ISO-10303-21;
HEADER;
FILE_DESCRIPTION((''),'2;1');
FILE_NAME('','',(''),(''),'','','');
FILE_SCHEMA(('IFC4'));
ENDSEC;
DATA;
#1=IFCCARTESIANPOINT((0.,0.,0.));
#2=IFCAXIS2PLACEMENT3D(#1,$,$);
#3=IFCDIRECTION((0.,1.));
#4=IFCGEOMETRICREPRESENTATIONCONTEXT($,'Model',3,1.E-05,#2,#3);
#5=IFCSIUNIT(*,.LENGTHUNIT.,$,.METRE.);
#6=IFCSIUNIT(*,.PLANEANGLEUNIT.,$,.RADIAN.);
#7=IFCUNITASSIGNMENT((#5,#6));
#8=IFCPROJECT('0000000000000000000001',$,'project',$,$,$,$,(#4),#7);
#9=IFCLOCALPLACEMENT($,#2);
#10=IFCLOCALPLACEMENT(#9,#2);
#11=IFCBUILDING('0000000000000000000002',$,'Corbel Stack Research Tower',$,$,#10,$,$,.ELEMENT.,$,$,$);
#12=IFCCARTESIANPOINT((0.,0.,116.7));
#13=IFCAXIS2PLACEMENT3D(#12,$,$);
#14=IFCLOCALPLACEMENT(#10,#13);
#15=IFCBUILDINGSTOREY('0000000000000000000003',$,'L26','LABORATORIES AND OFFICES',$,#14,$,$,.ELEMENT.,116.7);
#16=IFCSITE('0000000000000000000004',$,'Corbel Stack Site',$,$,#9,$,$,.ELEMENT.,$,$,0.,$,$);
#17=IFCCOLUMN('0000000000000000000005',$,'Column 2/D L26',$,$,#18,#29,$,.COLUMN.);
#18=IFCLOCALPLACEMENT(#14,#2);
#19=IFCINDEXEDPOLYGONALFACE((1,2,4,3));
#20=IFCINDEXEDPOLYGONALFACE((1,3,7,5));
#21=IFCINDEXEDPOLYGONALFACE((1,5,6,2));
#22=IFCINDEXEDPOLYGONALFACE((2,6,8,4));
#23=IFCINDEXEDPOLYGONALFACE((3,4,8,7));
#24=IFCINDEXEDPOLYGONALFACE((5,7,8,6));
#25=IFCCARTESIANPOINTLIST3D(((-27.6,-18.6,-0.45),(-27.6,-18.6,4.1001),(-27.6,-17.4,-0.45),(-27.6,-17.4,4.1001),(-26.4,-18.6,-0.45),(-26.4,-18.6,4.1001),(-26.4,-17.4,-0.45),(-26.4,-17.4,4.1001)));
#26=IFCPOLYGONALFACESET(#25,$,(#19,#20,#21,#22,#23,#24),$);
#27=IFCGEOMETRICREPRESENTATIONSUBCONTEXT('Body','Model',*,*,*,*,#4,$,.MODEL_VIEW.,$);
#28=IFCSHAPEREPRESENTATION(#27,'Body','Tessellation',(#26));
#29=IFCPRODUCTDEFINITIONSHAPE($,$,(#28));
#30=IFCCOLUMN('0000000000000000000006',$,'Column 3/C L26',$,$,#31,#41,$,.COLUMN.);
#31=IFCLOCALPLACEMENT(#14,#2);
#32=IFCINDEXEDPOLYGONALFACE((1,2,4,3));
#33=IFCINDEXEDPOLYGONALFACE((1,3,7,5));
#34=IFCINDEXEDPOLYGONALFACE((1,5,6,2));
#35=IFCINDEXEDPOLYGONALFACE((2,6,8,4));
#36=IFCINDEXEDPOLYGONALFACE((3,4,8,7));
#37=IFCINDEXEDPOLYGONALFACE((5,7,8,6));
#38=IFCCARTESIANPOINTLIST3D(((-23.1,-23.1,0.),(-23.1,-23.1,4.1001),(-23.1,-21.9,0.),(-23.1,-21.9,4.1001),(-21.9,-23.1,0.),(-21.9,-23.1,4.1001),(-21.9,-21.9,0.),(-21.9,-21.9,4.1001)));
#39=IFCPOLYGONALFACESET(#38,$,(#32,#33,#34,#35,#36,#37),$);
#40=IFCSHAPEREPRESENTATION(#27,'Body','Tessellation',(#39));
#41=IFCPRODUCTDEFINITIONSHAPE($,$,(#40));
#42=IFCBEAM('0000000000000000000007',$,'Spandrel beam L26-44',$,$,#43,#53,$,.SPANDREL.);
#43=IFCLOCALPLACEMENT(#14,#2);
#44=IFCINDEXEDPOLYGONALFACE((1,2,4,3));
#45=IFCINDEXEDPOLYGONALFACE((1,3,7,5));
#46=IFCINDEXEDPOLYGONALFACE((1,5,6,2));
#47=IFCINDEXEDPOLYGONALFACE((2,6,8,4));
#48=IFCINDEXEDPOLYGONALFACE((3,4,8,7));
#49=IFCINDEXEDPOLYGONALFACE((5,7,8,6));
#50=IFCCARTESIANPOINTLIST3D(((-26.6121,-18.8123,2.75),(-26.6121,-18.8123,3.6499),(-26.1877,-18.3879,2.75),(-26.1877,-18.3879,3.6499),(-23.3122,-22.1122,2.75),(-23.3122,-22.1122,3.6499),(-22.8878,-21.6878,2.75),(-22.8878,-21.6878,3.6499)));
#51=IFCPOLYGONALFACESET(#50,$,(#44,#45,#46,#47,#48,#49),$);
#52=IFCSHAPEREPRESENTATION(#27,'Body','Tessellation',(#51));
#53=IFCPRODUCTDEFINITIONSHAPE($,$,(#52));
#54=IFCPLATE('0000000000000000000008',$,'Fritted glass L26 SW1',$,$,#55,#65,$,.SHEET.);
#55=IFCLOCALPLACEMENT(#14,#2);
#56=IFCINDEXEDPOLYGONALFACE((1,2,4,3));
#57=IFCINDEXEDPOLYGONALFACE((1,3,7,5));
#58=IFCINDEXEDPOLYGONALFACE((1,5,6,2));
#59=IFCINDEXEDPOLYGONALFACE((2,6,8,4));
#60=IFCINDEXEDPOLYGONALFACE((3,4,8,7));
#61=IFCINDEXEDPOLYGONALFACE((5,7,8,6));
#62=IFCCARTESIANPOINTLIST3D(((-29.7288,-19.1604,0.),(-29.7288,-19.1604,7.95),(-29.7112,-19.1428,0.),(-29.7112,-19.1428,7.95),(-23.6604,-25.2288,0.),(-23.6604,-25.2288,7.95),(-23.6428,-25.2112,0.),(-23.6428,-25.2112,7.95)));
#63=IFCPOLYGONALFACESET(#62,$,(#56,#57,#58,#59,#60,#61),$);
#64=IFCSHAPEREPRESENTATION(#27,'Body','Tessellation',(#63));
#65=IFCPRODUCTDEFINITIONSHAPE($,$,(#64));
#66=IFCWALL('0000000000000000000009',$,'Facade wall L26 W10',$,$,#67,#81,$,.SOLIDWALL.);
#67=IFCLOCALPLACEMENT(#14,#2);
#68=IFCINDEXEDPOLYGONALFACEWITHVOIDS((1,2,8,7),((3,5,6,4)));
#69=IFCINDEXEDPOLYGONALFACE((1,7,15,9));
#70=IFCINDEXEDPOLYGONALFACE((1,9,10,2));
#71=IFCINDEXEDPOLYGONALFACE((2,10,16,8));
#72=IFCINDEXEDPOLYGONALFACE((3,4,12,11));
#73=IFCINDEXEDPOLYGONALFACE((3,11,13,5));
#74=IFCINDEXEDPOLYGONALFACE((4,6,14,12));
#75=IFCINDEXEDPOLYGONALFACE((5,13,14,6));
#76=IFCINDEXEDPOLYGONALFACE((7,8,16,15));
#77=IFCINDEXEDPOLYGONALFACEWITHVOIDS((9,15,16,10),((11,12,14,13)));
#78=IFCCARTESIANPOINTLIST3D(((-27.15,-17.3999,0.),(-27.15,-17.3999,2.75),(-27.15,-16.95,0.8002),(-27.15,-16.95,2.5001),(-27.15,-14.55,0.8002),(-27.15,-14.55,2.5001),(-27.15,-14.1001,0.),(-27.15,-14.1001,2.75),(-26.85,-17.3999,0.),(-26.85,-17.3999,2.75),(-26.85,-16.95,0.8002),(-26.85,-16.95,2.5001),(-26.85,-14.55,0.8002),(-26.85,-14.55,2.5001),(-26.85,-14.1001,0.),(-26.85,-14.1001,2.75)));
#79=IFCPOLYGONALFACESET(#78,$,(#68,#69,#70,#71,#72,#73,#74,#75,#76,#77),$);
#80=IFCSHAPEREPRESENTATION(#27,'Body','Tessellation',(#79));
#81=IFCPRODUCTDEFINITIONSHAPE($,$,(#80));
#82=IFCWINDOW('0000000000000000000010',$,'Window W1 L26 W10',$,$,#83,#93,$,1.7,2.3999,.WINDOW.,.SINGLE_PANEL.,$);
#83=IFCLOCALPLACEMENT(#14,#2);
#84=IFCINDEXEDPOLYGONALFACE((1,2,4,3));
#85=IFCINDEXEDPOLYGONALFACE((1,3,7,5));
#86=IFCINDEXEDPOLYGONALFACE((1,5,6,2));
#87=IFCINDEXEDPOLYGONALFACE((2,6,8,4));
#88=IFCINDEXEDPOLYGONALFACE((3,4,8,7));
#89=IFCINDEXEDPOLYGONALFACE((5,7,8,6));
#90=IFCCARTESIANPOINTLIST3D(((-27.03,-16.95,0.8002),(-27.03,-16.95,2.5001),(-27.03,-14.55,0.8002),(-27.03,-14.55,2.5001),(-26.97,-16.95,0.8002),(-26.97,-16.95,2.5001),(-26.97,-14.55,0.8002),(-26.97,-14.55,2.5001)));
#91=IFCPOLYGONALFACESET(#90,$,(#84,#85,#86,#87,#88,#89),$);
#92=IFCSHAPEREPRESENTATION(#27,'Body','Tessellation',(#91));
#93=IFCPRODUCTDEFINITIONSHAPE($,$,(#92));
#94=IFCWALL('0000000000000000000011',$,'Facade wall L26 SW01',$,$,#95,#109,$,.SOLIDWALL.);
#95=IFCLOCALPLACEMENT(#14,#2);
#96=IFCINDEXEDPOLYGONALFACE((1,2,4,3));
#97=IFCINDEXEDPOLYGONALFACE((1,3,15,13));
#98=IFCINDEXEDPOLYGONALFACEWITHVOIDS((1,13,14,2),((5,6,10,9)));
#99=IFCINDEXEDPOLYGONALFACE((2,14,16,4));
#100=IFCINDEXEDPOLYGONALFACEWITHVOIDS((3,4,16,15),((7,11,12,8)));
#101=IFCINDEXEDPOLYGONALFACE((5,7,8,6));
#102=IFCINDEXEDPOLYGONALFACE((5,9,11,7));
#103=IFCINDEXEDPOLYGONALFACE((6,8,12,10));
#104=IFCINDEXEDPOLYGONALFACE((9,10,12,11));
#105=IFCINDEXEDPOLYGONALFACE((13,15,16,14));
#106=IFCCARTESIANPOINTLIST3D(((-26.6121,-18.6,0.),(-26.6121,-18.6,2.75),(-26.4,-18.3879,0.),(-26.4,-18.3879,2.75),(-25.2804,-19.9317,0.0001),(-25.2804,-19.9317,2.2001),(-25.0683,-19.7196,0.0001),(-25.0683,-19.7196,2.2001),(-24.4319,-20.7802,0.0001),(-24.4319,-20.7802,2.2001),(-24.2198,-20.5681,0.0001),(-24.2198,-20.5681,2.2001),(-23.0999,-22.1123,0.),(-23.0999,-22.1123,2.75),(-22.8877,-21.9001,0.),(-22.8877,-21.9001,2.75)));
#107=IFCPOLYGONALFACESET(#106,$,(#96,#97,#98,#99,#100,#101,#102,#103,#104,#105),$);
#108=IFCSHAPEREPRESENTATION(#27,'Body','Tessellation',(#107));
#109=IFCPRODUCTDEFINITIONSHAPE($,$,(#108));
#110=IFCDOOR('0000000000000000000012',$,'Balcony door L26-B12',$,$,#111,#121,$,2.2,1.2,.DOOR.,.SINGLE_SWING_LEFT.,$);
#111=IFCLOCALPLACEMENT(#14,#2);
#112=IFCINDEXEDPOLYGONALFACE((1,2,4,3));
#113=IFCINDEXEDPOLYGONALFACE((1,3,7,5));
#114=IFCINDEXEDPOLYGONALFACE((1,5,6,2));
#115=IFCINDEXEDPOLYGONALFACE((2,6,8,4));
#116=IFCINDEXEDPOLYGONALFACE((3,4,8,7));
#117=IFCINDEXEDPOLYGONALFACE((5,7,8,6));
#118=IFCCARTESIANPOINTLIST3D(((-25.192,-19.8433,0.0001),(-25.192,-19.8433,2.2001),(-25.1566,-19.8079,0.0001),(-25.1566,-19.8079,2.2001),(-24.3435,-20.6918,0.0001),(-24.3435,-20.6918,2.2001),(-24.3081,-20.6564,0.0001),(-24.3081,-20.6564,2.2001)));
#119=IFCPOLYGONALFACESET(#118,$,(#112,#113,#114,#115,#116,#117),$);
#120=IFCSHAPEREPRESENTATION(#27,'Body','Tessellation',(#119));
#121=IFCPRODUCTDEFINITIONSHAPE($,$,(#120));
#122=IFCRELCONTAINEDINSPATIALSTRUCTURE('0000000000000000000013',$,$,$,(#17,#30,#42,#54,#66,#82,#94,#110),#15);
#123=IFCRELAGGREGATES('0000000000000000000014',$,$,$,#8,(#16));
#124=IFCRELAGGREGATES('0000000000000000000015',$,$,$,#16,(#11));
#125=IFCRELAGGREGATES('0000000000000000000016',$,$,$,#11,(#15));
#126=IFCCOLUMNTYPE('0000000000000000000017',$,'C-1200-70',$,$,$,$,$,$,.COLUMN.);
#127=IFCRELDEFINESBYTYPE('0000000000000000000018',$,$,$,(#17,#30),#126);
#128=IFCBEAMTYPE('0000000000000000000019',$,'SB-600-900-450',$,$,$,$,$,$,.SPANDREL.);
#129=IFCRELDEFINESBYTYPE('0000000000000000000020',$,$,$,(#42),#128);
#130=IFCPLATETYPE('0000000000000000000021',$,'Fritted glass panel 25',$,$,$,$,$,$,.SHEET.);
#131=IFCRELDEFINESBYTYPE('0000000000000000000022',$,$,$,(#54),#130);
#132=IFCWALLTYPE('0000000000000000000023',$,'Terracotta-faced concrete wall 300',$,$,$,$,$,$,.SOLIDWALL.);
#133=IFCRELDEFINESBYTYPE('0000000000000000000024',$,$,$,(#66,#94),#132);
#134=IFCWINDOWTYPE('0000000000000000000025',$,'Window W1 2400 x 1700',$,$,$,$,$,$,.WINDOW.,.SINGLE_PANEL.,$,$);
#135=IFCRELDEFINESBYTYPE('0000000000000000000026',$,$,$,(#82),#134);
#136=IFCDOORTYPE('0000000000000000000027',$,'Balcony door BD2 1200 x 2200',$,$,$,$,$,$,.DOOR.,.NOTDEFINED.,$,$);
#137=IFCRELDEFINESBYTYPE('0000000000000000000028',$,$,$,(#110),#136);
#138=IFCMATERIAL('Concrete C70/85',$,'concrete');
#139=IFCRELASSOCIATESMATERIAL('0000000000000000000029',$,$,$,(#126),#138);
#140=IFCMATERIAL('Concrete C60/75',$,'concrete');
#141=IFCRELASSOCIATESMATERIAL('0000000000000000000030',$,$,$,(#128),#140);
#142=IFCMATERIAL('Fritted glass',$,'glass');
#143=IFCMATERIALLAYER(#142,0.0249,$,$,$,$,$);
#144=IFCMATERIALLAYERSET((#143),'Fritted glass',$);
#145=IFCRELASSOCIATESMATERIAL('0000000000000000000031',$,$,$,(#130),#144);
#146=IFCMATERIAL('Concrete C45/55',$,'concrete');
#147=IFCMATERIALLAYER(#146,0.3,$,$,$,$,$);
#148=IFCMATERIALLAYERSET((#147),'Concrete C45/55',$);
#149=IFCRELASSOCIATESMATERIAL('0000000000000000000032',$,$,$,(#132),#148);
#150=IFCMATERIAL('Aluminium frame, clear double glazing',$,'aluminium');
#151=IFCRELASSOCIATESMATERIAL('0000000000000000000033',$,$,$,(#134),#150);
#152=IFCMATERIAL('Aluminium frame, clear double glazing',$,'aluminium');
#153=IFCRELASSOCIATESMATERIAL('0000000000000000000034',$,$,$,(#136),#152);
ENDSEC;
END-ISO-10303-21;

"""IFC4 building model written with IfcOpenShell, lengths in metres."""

from ifc_helpers import new_model, si_unit, direction, frame, frame_2d, origin, origin_2d, place, context, subcontext, project, spatial, rectangle, extrude, material, layer, layer_set, material_profile, profile_set, type_object, element, fill, save


model = new_model("IFC4")

# Units and contexts
model_context = context("Model", 3, precision=1e-05, world=origin(), true_north=direction((0.0, 1.0)))
body_context = subcontext(model_context, "Body", "Model", "MODEL_VIEW")
ifc_project = project(units=[si_unit("LENGTHUNIT", "METRE"), si_unit("PLANEANGLEUNIT", "RADIAN")], contexts=[model_context])

# Site, building, storey
site_placement = place(None, origin())
site = spatial("IfcSite", under=ifc_project, at=site_placement, Name="Corbel Stack Site", CompositionType="ELEMENT", RefElevation=0.0)
building_placement = place(site_placement, origin())
building = spatial("IfcBuilding", under=site, at=building_placement, Name="Corbel Stack Research Tower", CompositionType="ELEMENT")
storey_placement = place(building_placement, frame((0.0, 0.0, 116.7)))
storey = spatial("IfcBuildingStorey", under=building, at=storey_placement, Name="L26", Description="LABORATORIES AND OFFICES", CompositionType="ELEMENT", Elevation=116.7)

# Columns
ifc_material_1 = material(Name="Concrete C70/85", Category="concrete")
ifc_material_profile_1 = material_profile(ifc_material_1, rectangle(XDim=1.2, YDim=1.2, at=origin_2d()), Name="RC 1200 x 1200")
ifc_profile_set_1 = profile_set([ifc_material_profile_1], Name="Concrete C70/85")
column_type = type_object("IfcColumnType", Name="C-1200-70", PredefinedType="COLUMN", material=ifc_profile_set_1)
column_1_placement = place(storey_placement, frame((-27.0, -18.0, -0.45), z_axis=(0.0, 0.0, 1.0), x_axis=(1.0, 0.0, 0.0)))
element("IfcColumn", 1, at=column_1_placement, inside=storey, type_object=column_type, Name="Column 2/D L26", PredefinedType="COLUMN", context=body_context, shape_type="SweptSolid", body=[
    extrude(rectangle(XDim=1.2, YDim=1.2, at=origin_2d()), origin(), (0.0, 0.0, 1.0), 4.55),
])
column_2_placement = place(storey_placement, frame((-22.5, -22.5, 0.0), z_axis=(0.0, 0.0, 1.0), x_axis=(1.0, 0.0, 0.0)))
element("IfcColumn", 2, at=column_2_placement, inside=storey, type_object=column_type, Name="Column 3/C L26", PredefinedType="COLUMN", context=body_context, shape_type="SweptSolid", body=[
    extrude(rectangle(XDim=1.2, YDim=1.2, at=origin_2d()), origin(), (0.0, 0.0, 1.0), 4.1001),
])

# Beam
ifc_material_2 = material(Name="Concrete C60/75", Category="concrete")
ifc_material_profile_2 = material_profile(ifc_material_2, rectangle(XDim=0.6001, YDim=0.8999, at=origin_2d()), Name="RC 600 x 900")
ifc_profile_set_2 = profile_set([ifc_material_profile_2], Name="Concrete C60/75")
beam_type = type_object("IfcBeamType", Name="SB-600-900-450", PredefinedType="SPANDREL", material=ifc_profile_set_2)
beam_placement = place(storey_placement, frame((-26.3999, -18.6001, 3.2), z_axis=(0.707107, -0.707107, 0.0), x_axis=(0.707107, 0.707107, 0.0)))
element("IfcBeam", 3, at=beam_placement, inside=storey, type_object=beam_type, Name="Spandrel beam L26-44", PredefinedType="SPANDREL", context=body_context, shape_type="SweptSolid", body=[
    extrude(rectangle(XDim=0.6001, YDim=0.8999, at=origin_2d()), origin(), (0.0, 0.0, 1.0), 4.6667),
])

# Plate
ifc_material_3 = material(Name="Fritted glass", Category="glass")
ifc_layer_1 = layer(ifc_material_3, 0.0249)
ifc_layer_set_1 = layer_set([ifc_layer_1], Name="Fritted glass")
plate_type = type_object("IfcPlateType", Name="Fritted glass panel 25", PredefinedType="SHEET", material=ifc_layer_set_1)
plate_placement = place(storey_placement, frame((-26.6858, -22.1858, 0.0), z_axis=(0.0, 0.0, 1.0), x_axis=(0.707107, -0.707107, 0.0)))
element("IfcPlate", 4, at=plate_placement, inside=storey, type_object=plate_type, Name="Fritted glass L26 SW1", PredefinedType="SHEET", context=body_context, shape_type="SweptSolid", body=[
    extrude(rectangle(XDim=8.582, YDim=0.0249, at=origin_2d()), origin(), (0.0, 0.0, 1.0), 7.95),
])

# Wall, opening, window
ifc_material_4 = material(Name="Concrete C45/55", Category="concrete")
ifc_layer_2 = layer(ifc_material_4, 0.3)
ifc_layer_set_2 = layer_set([ifc_layer_2], Name="Concrete C45/55")
wall_type = type_object("IfcWallType", Name="Terracotta-faced concrete wall 300", PredefinedType="SOLIDWALL", material=ifc_layer_set_2)
wall_1_placement = place(storey_placement, frame((-27.0, -17.3999, 0.0), z_axis=(0.0, 0.0, 1.0), x_axis=(0.0, 1.0, 0.0)))
wall_1 = element("IfcWall", 5, at=wall_1_placement, inside=storey, type_object=wall_type, Name="Facade wall L26 W10", PredefinedType="SOLIDWALL", context=body_context, shape_type="SweptSolid", body=[
    extrude(rectangle(XDim=3.2998, YDim=0.3, at=frame_2d((1.6499, 0.0))), origin(), (0.0, 0.0, 1.0), 2.75),
])
opening_1_placement = place(wall_1_placement, frame((0.45, 0.0, 0.8)))
opening_1 = element("IfcOpeningElement", 6, at=opening_1_placement, cuts=wall_1, PredefinedType="OPENING", context=body_context, shape_type="SweptSolid", body=[
    extrude(rectangle(XDim=2.3999, YDim=1.7, at=frame_2d((1.2, 0.8501))), frame((0.0, 0.1599, 0.0), z_axis=(0.0, -1.0, 0.0), x_axis=(1.0, 0.0, 0.0)), (0.0, 0.0, 1.0), 0.3201),
])
ifc_material_5 = material(Name="Aluminium frame, clear double glazing", Category="aluminium")
window_type = type_object("IfcWindowType", Name="Window W1 2400 x 1700", PartitioningType="SINGLE_PANEL", PredefinedType="WINDOW", material=ifc_material_5)
window_placement = place(opening_1_placement, origin())
window = element("IfcWindow", 7, at=window_placement, inside=storey, type_object=window_type, Name="Window W1 L26 W10", OverallHeight=1.7, OverallWidth=2.3999, PartitioningType="SINGLE_PANEL", PredefinedType="WINDOW", context=body_context, shape_type="SweptSolid", body=[
    extrude(rectangle(XDim=2.3999, YDim=1.7, at=frame_2d((1.2, 0.8501))), frame((0.0, 0.03, 0.0), z_axis=(0.0, -1.0, 0.0), x_axis=(1.0, 0.0, 0.0)), (0.0, 0.0, 1.0), 0.0601),
])
fill(opening_1, window)

# Wall, opening, door
wall_2_placement = place(storey_placement, frame((-22.9939, -22.0061, 0.0), z_axis=(0.0, 0.0, 1.0), x_axis=(-0.707107, 0.707107, 0.0)))
wall_2 = element("IfcWall", 8, at=wall_2_placement, inside=storey, type_object=wall_type, Name="Facade wall L26 SW01", PredefinedType="SOLIDWALL", context=body_context, shape_type="SweptSolid", body=[
    extrude(rectangle(XDim=4.967, YDim=0.3, at=frame_2d((2.4834, 0.0))), origin(), (0.0, 0.0, 1.0), 2.75),
])
opening_2_placement = place(wall_2_placement, frame((1.8835, 0.0, 0.0)))
opening_2 = element("IfcOpeningElement", 9, at=opening_2_placement, cuts=wall_2, PredefinedType="OPENING", context=body_context, shape_type="SweptSolid", body=[
    extrude(rectangle(XDim=1.2, YDim=2.2, at=frame_2d((0.6001, 1.1001))), frame((0.0, 0.1599, 0.0), z_axis=(0.0, -1.0, 0.0), x_axis=(1.0, 0.0, 0.0)), (0.0, 0.0, 1.0), 0.3201),
])
ifc_material_6 = material(Name="Aluminium frame, clear double glazing", Category="aluminium")
door_type = type_object("IfcDoorType", Name="Balcony door BD2 1200 x 2200", OperationType="NOTDEFINED", PredefinedType="DOOR", material=ifc_material_6)
door_placement = place(opening_2_placement, origin())
door = element("IfcDoor", 10, at=door_placement, inside=storey, type_object=door_type, Name="Balcony door L26-B12", OperationType="SINGLE_SWING_LEFT", OverallHeight=2.2, OverallWidth=1.2, PredefinedType="DOOR", context=body_context, shape_type="SweptSolid", body=[
    extrude(rectangle(XDim=1.2, YDim=2.2, at=frame_2d((0.6001, 1.1001))), frame((0.0, 0.0249, 0.0), z_axis=(0.0, -1.0, 0.0), x_axis=(1.0, 0.0, 0.0)), (0.0, 0.0, 1.0), 0.05),
])
fill(opening_2, door)

save(model, "model.ifc")
